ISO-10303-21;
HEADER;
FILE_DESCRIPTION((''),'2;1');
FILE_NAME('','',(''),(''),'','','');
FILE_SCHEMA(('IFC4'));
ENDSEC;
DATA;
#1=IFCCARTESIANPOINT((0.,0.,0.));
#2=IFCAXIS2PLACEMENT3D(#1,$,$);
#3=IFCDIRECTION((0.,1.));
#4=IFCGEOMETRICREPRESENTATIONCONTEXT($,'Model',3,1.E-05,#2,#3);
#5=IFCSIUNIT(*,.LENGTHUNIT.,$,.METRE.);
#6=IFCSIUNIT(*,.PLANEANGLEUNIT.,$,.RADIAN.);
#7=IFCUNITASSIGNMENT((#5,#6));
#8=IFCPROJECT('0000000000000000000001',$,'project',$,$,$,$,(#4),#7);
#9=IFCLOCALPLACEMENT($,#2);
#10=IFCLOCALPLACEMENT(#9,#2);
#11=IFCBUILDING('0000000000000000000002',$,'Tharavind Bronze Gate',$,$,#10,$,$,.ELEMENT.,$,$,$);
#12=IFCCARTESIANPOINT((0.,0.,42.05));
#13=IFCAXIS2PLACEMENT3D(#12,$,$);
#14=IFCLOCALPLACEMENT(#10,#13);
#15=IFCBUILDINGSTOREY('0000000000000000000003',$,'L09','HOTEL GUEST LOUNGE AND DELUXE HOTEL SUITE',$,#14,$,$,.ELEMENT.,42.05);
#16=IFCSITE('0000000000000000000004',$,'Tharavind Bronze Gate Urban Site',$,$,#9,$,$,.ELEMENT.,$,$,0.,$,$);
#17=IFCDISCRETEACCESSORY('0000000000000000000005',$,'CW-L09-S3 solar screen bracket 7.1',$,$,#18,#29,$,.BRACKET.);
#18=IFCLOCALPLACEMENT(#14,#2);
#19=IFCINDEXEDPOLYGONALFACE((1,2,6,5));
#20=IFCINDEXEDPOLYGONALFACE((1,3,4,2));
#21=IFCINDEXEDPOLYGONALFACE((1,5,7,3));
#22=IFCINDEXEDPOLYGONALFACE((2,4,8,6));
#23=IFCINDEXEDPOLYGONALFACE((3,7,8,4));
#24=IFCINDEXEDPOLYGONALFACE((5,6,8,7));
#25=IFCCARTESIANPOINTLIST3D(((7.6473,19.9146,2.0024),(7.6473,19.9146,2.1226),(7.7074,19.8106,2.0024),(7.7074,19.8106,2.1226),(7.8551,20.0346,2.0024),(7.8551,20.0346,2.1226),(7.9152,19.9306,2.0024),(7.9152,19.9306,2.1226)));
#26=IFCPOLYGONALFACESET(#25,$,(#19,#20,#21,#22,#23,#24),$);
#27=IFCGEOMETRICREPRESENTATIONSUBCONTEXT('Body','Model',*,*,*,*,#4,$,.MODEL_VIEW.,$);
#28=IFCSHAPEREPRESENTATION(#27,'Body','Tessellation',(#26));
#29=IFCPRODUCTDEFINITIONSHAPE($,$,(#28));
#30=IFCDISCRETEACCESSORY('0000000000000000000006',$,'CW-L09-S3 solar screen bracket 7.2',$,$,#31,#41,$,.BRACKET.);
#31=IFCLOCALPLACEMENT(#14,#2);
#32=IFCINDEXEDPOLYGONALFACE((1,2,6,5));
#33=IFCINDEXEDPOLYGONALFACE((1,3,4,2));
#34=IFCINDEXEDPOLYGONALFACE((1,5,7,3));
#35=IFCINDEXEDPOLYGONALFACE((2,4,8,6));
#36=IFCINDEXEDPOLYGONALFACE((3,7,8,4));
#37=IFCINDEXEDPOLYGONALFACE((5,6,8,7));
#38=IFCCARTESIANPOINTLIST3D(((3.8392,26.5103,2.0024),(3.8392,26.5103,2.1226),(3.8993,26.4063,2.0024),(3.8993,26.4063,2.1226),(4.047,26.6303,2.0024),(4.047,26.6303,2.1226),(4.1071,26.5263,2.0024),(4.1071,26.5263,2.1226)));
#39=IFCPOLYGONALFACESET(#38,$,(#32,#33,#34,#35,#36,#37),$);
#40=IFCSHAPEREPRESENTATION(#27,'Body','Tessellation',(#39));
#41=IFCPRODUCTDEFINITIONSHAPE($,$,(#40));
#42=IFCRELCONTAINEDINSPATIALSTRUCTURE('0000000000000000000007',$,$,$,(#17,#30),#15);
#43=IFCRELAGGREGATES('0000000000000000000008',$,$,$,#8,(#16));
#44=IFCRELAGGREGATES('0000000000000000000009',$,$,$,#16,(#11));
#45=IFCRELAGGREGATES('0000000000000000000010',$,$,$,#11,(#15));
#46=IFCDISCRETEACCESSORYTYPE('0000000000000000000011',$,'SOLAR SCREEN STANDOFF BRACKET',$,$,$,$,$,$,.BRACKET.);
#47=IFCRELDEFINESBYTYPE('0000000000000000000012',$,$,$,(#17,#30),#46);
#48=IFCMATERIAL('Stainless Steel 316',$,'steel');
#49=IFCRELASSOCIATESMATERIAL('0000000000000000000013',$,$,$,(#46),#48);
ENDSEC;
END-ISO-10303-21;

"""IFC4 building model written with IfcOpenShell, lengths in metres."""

from ifc_helpers import new_model, si_unit, direction, frame, origin, origin_2d, place, context, subcontext, project, spatial, rectangle, extrude, material, type_object, element, save


model = new_model("IFC4")

# Units and contexts
model_context = context("Model", 3, precision=1e-05, world=origin(), true_north=direction((0.0, 1.0)))
body_context = subcontext(model_context, "Body", "Model", "MODEL_VIEW")
ifc_project = project(units=[si_unit("LENGTHUNIT", "METRE"), si_unit("PLANEANGLEUNIT", "RADIAN")], contexts=[model_context])

# Site, building, storey
site_placement = place(None, origin())
site = spatial("IfcSite", under=ifc_project, at=site_placement, Name="Tharavind Bronze Gate Urban Site", CompositionType="ELEMENT", RefElevation=0.0)
building_placement = place(site_placement, origin())
building = spatial("IfcBuilding", under=site, at=building_placement, Name="Tharavind Bronze Gate", CompositionType="ELEMENT")
storey_placement = place(building_placement, frame((0.0, 0.0, 42.05)))
storey = spatial("IfcBuildingStorey", under=building, at=storey_placement, Name="L09", Description="HOTEL GUEST LOUNGE AND DELUXE HOTEL SUITE", CompositionType="ELEMENT", Elevation=42.05)

# Discrete accessories
ifc_material_1 = material(Name="Stainless Steel 316", Category="steel")
discrete_accessory_type = type_object("IfcDiscreteAccessoryType", Name="SOLAR SCREEN STANDOFF BRACKET", PredefinedType="BRACKET", material=ifc_material_1)
for number, where, z_axis, x_axis, name in (
    (1, (7.7812, 19.9226, 2.0024), (0.0, 0.0, 1.0), (-0.500002, 0.866025, 0.0), "CW-L09-S3 solar screen bracket 7.1"),
    (2, (3.9731, 26.5183, 2.0024), (0.0, 0.0, 1.0), (-0.500002, 0.866025, 0.0), "CW-L09-S3 solar screen bracket 7.2"),
):
    element("IfcDiscreteAccessory", number, at=place(storey_placement, frame(where, z_axis=z_axis, x_axis=x_axis)), inside=storey, type_object=discrete_accessory_type, Name=name, PredefinedType="BRACKET", context=body_context, shape_type="SweptSolid", body=[
        extrude(rectangle(XDim=0.1201, YDim=0.24, at=origin_2d()), origin(), (0.0, 0.0, 1.0), 0.1201),
    ])

save(model, "model.ifc")
